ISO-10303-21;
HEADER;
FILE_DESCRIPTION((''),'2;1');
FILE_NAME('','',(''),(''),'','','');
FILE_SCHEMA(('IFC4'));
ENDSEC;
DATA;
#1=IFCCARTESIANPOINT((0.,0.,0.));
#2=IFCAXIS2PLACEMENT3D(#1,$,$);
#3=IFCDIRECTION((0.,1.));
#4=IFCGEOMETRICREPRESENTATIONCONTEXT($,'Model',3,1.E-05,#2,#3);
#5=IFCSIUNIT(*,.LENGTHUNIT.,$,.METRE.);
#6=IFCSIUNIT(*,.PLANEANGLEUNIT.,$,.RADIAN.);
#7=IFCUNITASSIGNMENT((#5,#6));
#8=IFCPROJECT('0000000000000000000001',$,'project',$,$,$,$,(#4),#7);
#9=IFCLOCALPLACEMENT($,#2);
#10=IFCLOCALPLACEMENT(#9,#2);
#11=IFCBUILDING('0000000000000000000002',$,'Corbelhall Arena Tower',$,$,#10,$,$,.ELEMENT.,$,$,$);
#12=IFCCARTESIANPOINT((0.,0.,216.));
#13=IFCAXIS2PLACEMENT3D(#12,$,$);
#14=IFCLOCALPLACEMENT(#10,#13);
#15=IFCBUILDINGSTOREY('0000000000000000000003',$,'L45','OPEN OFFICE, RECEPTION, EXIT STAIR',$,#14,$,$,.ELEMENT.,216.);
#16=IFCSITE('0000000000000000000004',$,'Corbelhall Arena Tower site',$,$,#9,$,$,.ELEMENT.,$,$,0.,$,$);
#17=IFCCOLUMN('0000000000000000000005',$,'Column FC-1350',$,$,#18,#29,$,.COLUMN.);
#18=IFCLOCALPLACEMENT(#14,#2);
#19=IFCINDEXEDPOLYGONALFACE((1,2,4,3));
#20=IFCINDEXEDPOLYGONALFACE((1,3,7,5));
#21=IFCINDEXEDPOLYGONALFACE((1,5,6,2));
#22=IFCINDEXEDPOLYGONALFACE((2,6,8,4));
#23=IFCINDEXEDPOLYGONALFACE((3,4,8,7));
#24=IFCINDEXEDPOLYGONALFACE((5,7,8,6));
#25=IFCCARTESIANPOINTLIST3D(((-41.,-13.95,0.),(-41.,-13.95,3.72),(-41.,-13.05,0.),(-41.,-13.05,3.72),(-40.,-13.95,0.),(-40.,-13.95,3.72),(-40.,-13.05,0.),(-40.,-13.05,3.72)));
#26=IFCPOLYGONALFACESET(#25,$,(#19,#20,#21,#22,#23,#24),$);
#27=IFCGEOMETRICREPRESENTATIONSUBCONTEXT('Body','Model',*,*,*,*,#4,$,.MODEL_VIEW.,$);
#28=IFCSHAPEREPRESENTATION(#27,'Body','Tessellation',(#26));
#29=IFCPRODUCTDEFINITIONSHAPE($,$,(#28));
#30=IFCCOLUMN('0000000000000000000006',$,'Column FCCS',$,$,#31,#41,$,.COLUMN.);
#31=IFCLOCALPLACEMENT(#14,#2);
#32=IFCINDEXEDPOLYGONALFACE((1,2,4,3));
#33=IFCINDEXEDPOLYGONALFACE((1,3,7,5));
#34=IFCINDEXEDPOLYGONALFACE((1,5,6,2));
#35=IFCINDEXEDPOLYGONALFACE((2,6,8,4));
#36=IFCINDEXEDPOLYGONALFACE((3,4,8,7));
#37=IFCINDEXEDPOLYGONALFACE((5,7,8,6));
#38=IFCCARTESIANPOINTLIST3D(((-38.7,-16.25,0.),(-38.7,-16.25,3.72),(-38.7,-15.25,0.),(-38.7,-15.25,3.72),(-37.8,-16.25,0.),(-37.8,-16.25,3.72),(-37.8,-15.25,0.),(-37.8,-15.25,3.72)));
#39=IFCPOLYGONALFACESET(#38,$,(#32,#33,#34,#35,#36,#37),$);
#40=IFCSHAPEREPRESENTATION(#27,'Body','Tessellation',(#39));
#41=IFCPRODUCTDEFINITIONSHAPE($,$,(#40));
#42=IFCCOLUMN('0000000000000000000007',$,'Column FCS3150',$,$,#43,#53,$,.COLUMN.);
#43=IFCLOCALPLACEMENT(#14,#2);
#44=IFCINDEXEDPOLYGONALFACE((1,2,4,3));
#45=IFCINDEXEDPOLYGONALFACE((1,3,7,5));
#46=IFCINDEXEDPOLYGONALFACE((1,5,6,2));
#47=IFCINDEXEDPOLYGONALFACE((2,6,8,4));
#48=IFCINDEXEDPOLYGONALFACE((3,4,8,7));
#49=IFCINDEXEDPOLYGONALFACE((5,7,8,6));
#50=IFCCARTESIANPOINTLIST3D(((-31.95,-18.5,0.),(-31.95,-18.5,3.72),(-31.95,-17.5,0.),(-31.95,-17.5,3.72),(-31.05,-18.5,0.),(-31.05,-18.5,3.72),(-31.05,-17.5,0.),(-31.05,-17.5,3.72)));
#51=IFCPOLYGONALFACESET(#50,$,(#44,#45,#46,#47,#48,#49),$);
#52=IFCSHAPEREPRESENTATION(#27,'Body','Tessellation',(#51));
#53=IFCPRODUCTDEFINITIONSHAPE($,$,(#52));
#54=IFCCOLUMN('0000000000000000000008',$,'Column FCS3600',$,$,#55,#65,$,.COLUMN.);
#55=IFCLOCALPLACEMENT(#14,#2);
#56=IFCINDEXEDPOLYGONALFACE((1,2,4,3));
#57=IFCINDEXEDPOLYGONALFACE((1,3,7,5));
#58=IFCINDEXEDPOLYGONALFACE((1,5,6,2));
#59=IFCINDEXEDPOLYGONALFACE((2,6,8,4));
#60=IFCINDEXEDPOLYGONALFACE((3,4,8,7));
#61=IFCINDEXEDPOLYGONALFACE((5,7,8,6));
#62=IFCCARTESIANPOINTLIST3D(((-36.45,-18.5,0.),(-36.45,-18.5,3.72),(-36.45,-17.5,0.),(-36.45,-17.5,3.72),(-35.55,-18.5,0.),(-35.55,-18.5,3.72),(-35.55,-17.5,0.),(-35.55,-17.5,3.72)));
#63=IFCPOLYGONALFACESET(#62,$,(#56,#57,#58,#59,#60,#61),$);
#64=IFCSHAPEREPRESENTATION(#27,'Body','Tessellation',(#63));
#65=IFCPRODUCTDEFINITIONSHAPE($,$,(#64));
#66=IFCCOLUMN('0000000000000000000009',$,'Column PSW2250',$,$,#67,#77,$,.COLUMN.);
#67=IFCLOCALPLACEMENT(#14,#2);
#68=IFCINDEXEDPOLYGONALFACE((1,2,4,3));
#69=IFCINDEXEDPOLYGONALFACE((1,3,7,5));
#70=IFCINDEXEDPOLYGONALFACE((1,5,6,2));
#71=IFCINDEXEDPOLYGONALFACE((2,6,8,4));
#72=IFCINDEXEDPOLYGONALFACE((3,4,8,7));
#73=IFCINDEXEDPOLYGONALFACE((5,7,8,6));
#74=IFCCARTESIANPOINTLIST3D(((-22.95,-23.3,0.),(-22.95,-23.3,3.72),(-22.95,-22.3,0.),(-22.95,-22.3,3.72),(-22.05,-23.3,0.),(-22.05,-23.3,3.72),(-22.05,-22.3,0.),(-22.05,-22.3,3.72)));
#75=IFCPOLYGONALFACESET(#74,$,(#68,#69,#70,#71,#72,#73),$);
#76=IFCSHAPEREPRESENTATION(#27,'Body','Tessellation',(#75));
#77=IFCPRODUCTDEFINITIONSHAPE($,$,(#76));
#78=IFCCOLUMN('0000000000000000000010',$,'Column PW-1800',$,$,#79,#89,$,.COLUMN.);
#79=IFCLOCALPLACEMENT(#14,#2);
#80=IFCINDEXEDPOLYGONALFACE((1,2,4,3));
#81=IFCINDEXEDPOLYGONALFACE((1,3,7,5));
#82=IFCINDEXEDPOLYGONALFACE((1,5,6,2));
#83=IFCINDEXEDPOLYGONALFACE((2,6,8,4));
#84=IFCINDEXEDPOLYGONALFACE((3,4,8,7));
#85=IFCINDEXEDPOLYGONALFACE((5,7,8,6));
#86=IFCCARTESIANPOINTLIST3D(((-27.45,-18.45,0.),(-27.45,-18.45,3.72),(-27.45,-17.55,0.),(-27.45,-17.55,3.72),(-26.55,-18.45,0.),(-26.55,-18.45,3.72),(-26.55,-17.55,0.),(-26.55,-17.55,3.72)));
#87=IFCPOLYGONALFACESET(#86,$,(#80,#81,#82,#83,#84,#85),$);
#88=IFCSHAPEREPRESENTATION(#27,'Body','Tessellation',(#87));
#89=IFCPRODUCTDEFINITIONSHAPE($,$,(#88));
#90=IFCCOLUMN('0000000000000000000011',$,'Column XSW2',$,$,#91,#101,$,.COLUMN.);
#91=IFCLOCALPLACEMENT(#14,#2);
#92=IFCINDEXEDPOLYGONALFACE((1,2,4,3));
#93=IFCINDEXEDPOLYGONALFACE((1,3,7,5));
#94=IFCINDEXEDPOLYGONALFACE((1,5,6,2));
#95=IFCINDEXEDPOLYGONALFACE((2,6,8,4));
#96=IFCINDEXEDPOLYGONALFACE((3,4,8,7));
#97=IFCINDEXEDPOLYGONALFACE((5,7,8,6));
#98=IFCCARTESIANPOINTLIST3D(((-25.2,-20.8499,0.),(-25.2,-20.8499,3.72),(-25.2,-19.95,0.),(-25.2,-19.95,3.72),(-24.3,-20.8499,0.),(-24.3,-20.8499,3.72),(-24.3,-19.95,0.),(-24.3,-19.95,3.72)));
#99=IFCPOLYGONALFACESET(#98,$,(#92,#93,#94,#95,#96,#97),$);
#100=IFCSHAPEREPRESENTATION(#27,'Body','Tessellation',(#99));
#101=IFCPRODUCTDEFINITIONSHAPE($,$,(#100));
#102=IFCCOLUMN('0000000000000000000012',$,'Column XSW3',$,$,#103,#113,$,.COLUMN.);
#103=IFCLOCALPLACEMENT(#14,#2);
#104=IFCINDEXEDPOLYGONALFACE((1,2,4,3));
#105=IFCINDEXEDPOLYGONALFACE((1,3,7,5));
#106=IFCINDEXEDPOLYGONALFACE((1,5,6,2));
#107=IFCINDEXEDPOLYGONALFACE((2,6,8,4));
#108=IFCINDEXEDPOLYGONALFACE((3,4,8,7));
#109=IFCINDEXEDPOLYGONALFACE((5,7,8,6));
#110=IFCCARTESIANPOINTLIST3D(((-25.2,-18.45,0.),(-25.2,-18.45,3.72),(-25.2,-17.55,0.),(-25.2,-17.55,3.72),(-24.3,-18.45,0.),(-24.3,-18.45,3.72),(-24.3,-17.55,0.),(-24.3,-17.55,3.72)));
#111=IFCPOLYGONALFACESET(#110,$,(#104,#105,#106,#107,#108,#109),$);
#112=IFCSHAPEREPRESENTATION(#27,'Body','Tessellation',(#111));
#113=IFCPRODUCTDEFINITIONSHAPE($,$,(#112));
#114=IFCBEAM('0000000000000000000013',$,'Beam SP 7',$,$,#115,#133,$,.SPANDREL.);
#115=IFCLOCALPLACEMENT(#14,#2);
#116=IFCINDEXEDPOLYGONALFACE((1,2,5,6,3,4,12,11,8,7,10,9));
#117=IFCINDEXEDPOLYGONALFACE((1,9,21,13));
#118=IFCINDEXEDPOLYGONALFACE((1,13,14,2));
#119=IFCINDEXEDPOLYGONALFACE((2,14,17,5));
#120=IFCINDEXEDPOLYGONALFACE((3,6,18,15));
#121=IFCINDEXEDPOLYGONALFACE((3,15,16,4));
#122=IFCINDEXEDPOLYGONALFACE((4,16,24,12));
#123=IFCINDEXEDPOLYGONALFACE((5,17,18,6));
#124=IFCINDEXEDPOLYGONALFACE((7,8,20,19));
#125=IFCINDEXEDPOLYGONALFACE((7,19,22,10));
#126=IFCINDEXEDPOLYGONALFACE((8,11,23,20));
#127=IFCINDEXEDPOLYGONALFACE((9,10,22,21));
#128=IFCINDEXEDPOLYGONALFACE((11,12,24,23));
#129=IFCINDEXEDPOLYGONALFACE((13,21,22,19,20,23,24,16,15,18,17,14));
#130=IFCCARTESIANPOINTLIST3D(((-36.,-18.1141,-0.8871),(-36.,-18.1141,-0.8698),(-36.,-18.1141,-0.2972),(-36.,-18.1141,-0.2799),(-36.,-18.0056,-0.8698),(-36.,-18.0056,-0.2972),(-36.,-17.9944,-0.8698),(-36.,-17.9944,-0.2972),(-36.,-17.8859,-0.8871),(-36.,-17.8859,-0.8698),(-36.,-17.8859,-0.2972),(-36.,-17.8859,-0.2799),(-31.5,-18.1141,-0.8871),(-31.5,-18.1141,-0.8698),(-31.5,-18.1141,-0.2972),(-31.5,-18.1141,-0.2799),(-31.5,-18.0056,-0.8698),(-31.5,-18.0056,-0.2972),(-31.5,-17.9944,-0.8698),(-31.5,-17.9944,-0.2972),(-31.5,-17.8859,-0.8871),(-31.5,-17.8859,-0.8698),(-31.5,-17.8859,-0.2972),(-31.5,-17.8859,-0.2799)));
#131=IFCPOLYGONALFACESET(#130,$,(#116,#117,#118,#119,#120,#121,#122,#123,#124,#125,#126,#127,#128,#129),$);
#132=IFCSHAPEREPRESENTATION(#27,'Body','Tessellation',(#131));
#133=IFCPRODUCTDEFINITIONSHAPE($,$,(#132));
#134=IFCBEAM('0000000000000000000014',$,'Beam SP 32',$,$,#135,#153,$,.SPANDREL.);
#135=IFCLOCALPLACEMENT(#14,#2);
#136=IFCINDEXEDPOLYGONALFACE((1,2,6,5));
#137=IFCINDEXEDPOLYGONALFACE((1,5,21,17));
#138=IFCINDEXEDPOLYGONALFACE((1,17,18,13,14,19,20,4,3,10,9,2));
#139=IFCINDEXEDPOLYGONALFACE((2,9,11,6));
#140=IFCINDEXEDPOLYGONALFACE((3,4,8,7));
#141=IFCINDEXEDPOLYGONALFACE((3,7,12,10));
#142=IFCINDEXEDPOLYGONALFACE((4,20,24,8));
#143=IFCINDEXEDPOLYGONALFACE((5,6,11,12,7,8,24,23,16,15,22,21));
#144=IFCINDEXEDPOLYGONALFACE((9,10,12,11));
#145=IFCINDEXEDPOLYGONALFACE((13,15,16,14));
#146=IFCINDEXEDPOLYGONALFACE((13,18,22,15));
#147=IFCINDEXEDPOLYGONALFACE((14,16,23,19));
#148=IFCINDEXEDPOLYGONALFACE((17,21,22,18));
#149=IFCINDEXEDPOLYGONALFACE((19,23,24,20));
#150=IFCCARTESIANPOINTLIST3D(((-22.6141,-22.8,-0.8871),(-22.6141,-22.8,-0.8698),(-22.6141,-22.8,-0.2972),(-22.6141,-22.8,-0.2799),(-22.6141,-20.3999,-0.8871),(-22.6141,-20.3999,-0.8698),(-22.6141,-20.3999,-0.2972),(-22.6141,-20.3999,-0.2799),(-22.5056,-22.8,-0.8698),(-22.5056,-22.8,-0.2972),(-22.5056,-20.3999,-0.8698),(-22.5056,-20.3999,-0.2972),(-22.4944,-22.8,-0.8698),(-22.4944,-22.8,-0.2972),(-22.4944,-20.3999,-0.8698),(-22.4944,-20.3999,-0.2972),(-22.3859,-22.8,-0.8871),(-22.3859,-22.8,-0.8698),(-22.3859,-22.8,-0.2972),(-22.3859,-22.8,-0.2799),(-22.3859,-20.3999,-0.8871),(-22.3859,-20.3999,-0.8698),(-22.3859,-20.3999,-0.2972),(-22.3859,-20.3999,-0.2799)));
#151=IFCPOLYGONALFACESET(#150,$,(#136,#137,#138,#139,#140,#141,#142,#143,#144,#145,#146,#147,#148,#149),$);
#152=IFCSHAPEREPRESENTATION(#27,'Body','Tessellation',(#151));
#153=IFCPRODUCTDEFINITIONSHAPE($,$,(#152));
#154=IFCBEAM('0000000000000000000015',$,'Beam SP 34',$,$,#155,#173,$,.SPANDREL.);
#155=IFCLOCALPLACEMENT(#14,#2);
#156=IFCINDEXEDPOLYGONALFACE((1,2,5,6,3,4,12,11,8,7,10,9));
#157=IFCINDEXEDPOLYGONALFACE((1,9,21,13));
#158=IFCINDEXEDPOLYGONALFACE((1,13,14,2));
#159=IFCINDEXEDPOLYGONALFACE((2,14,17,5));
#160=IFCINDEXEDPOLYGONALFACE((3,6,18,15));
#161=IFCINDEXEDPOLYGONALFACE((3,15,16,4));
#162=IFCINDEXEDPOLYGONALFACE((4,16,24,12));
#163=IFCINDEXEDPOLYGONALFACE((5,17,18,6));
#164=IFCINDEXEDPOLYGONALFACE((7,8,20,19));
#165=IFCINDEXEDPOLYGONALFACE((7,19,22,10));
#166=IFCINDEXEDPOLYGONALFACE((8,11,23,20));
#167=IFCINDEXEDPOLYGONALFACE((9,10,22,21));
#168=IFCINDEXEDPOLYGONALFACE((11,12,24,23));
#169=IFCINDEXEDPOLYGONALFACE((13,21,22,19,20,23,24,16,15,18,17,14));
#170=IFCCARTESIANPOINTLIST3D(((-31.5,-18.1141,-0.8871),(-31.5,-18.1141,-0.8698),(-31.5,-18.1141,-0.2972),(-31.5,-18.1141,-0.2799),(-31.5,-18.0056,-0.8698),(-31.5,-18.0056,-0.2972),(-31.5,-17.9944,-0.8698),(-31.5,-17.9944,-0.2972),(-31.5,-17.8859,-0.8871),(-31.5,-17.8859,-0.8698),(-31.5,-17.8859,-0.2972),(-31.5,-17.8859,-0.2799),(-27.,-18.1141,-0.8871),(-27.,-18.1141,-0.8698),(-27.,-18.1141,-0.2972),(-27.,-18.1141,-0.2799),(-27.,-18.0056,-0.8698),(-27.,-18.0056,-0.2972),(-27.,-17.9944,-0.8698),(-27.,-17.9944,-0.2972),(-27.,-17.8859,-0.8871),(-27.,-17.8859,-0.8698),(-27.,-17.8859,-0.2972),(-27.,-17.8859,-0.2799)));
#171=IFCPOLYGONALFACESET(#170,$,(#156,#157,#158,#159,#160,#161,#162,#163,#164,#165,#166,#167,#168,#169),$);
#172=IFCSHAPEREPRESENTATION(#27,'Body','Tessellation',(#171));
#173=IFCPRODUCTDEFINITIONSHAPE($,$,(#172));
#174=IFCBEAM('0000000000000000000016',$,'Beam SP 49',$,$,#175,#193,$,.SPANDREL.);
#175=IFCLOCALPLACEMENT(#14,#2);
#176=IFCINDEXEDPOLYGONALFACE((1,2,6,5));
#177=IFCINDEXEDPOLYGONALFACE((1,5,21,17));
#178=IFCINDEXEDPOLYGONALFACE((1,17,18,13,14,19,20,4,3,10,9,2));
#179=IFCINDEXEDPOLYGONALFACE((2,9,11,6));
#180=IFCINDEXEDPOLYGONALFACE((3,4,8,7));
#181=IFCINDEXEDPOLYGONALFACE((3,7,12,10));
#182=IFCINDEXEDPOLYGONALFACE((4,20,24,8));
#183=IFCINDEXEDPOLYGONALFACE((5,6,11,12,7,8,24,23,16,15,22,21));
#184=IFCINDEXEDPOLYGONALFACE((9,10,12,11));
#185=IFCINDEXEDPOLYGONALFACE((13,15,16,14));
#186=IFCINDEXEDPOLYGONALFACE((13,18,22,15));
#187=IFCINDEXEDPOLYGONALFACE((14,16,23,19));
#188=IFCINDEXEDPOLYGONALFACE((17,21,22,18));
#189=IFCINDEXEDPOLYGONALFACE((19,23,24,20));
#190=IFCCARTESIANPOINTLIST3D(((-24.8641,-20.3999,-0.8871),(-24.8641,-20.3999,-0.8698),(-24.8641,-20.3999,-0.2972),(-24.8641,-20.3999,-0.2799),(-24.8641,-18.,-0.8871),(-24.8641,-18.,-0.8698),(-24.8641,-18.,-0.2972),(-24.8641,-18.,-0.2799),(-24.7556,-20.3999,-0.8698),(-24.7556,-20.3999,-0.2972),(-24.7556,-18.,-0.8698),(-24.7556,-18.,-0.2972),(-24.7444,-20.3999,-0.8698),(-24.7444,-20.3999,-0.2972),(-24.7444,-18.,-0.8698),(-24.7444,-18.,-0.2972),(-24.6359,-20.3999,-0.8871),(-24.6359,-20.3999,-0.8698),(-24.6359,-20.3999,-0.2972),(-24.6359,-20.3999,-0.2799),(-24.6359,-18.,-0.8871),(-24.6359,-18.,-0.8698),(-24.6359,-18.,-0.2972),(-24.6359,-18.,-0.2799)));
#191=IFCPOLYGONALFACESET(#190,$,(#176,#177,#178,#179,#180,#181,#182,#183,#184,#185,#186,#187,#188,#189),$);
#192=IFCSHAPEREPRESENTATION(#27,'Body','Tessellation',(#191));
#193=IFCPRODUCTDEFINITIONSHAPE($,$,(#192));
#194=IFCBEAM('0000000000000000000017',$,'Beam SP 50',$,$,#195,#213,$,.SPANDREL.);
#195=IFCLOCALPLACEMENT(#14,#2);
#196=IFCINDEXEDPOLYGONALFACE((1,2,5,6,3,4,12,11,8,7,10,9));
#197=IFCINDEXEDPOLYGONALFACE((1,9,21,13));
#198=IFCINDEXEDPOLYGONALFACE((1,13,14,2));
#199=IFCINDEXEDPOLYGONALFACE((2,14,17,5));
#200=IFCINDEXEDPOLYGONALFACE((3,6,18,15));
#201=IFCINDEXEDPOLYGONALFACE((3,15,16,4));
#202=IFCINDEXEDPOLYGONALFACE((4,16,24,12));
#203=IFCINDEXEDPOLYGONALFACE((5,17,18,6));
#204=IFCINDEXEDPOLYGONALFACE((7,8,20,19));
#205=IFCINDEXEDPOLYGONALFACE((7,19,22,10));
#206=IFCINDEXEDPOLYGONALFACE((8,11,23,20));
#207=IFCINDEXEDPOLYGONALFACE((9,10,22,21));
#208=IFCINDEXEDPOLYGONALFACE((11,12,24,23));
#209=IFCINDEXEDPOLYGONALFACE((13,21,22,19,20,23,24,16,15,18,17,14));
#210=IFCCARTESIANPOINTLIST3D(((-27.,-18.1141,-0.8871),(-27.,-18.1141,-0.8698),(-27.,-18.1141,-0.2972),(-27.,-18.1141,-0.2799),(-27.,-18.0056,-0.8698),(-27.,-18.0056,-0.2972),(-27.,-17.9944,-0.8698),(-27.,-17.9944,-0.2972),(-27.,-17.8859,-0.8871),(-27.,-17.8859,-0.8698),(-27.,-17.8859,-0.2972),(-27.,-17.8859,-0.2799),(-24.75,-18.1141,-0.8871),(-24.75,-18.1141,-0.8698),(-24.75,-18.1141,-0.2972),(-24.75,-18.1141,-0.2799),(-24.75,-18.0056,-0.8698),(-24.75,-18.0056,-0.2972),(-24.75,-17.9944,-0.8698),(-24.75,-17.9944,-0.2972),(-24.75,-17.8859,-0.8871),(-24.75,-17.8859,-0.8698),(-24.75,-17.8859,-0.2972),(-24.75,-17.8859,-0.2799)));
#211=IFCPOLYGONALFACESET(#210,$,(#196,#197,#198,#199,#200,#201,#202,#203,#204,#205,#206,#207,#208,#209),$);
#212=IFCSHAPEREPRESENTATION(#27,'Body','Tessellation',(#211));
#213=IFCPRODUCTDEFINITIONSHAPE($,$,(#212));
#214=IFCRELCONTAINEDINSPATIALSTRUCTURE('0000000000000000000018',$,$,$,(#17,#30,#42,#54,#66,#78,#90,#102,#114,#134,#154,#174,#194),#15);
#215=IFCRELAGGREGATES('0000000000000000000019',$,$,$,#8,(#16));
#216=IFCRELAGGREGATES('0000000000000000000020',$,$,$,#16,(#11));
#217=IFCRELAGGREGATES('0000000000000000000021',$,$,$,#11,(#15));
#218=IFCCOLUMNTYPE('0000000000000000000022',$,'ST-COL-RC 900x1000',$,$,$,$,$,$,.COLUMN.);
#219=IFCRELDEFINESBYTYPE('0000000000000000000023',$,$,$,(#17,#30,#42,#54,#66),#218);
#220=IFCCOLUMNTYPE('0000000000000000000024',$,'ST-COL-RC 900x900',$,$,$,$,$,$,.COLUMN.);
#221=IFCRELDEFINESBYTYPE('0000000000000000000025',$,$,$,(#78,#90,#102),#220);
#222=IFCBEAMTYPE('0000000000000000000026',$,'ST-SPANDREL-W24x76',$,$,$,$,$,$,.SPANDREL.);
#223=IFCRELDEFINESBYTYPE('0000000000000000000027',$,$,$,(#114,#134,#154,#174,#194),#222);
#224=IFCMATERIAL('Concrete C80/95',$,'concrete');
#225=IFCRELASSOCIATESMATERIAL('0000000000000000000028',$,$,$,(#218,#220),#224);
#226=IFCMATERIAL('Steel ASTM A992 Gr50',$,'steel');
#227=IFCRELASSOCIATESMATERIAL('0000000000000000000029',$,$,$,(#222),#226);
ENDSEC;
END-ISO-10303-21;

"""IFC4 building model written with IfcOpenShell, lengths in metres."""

from ifc_helpers import new_model, si_unit, direction, frame, origin, origin_2d, place, context, subcontext, project, spatial, rectangle, i_section, extrude, material, material_profile, profile_set, type_object, element, save


model = new_model("IFC4")

# Units and contexts
model_context = context("Model", 3, precision=1e-05, world=origin(), true_north=direction((0.0, 1.0)))
body_context = subcontext(model_context, "Body", "Model", "MODEL_VIEW")
ifc_project = project(units=[si_unit("LENGTHUNIT", "METRE"), si_unit("PLANEANGLEUNIT", "RADIAN")], contexts=[model_context])

# Site, building, storey
site_placement = place(None, origin())
site = spatial("IfcSite", under=ifc_project, at=site_placement, Name="Corbelhall Arena Tower site", CompositionType="ELEMENT", RefElevation=0.0)
building_placement = place(site_placement, origin())
building = spatial("IfcBuilding", under=site, at=building_placement, Name="Corbelhall Arena Tower", CompositionType="ELEMENT")
storey_placement = place(building_placement, frame((0.0, 0.0, 216.0)))
storey = spatial("IfcBuildingStorey", under=building, at=storey_placement, Name="L45", Description="OPEN OFFICE, RECEPTION, EXIT STAIR", CompositionType="ELEMENT", Elevation=216.0)

# Columns
ifc_material_1 = material(Name="Concrete C80/95", Category="concrete")
ifc_material_profile_1 = material_profile(ifc_material_1, rectangle(XDim=0.8999, YDim=1.0, at=origin_2d()))
ifc_profile_set_1 = profile_set([ifc_material_profile_1], Name="Concrete C80/95")
column_type_1 = type_object("IfcColumnType", Name="ST-COL-RC 900x1000", PredefinedType="COLUMN", material=ifc_profile_set_1)
for number, where, z_axis, x_axis, name in (
    (1, (-40.5, -13.5, 0.0), (0.0, 0.0, 1.0), (0.0, 1.0, 0.0), "Column FC-1350"),
    (2, (-38.25, -15.75, 0.0), (0.0, 0.0, 1.0), (1.0, 0.0, 0.0), "Column FCCS"),
    (3, (-31.5, -18.0, 0.0), (0.0, 0.0, 1.0), (1.0, 0.0, 0.0), "Column FCS3150"),
    (4, (-36.0, -18.0, 0.0), (0.0, 0.0, 1.0), (1.0, 0.0, 0.0), "Column FCS3600"),
    (5, (-22.5, -22.8, 0.0), (0.0, 0.0, 1.0), (1.0, 0.0, 0.0), "Column PSW2250"),
):
    element("IfcColumn", number, at=place(storey_placement, frame(where, z_axis=z_axis, x_axis=x_axis)), inside=storey, type_object=column_type_1, Name=name, PredefinedType="COLUMN", context=body_context, shape_type="SweptSolid", body=[
        extrude(rectangle(XDim=0.8999, YDim=1.0, at=origin_2d()), origin(), (0.0, 0.0, 1.0), 3.72),
    ])
ifc_material_profile_2 = material_profile(ifc_material_1, rectangle(XDim=0.8999, YDim=0.8999, at=origin_2d()))
ifc_profile_set_2 = profile_set([ifc_material_profile_2], Name="Concrete C80/95")
column_type_2 = type_object("IfcColumnType", Name="ST-COL-RC 900x900", PredefinedType="COLUMN", material=ifc_profile_set_2)
for number, where, z_axis, x_axis, name in (
    (6, (-27.0, -18.0, 0.0), (0.0, 0.0, 1.0), (1.0, 0.0, 0.0), "Column PW-1800"),
    (7, (-24.75, -20.3999, 0.0), (0.0, 0.0, 1.0), (1.0, 0.0, 0.0), "Column XSW2"),
    (8, (-24.75, -18.0, 0.0), (0.0, 0.0, 1.0), (1.0, 0.0, 0.0), "Column XSW3"),
):
    element("IfcColumn", number, at=place(storey_placement, frame(where, z_axis=z_axis, x_axis=x_axis)), inside=storey, type_object=column_type_2, Name=name, PredefinedType="COLUMN", context=body_context, shape_type="SweptSolid", body=[
        extrude(rectangle(XDim=0.8999, YDim=0.8999, at=origin_2d()), origin(), (0.0, 0.0, 1.0), 3.72),
    ])

# Beams
ifc_material_2 = material(Name="Steel ASTM A992 Gr50", Category="steel")
ifc_material_profile_3 = material_profile(ifc_material_2, i_section(OverallWidth=0.2283, OverallDepth=0.6072, WebThickness=0.0112, FlangeThickness=0.0173, at=origin_2d()))
ifc_profile_set_3 = profile_set([ifc_material_profile_3], Name="Steel ASTM A992 Gr50")
beam_type = type_object("IfcBeamType", Name="ST-SPANDREL-W24x76", PredefinedType="SPANDREL", material=ifc_profile_set_3)
beam_1_placement = place(storey_placement, frame((-31.5, -18.0, -0.5835), z_axis=(-1.0, 0.0, 0.0), x_axis=(0.0, -1.0, 0.0)))
element("IfcBeam", 9, at=beam_1_placement, inside=storey, type_object=beam_type, Name="Beam SP 7", PredefinedType="SPANDREL", context=body_context, shape_type="SweptSolid", body=[
    extrude(i_section(OverallWidth=0.2283, OverallDepth=0.6072, WebThickness=0.0112, FlangeThickness=0.0173, at=origin_2d()), origin(), (0.0, 0.0, 1.0), 4.5),
])
beam_2_placement = place(storey_placement, frame((-22.5, -22.8, -0.5835), z_axis=(0.0, 1.0, 0.0), x_axis=(-1.0, 0.0, 0.0)))
element("IfcBeam", 10, at=beam_2_placement, inside=storey, type_object=beam_type, Name="Beam SP 32", PredefinedType="SPANDREL", context=body_context, shape_type="SweptSolid", body=[
    extrude(i_section(OverallWidth=0.2283, OverallDepth=0.6072, WebThickness=0.0112, FlangeThickness=0.0173, at=origin_2d()), origin(), (0.0, 0.0, 1.0), 2.4001),
])
beam_3_placement = place(storey_placement, frame((-27.0, -18.0, -0.5835), z_axis=(-1.0, 0.0, 0.0), x_axis=(0.0, -1.0, 0.0)))
element("IfcBeam", 11, at=beam_3_placement, inside=storey, type_object=beam_type, Name="Beam SP 34", PredefinedType="SPANDREL", context=body_context, shape_type="SweptSolid", body=[
    extrude(i_section(OverallWidth=0.2283, OverallDepth=0.6072, WebThickness=0.0112, FlangeThickness=0.0173, at=origin_2d()), origin(), (0.0, 0.0, 1.0), 4.5),
])
beam_4_placement = place(storey_placement, frame((-24.75, -20.3999, -0.5835), z_axis=(0.0, 1.0, 0.0), x_axis=(-1.0, 0.0, 0.0)))
element("IfcBeam", 12, at=beam_4_placement, inside=storey, type_object=beam_type, Name="Beam SP 49", PredefinedType="SPANDREL", context=body_context, shape_type="SweptSolid", body=[
    extrude(i_section(OverallWidth=0.2283, OverallDepth=0.6072, WebThickness=0.0112, FlangeThickness=0.0173, at=origin_2d()), origin(), (0.0, 0.0, 1.0), 2.3999),
])
beam_5_placement = place(storey_placement, frame((-24.75, -18.0, -0.5835), z_axis=(-1.0, 0.0, 0.0), x_axis=(0.0, -1.0, 0.0)))
element("IfcBeam", 13, at=beam_5_placement, inside=storey, type_object=beam_type, Name="Beam SP 50", PredefinedType="SPANDREL", context=body_context, shape_type="SweptSolid", body=[
    extrude(i_section(OverallWidth=0.2283, OverallDepth=0.6072, WebThickness=0.0112, FlangeThickness=0.0173, at=origin_2d()), origin(), (0.0, 0.0, 1.0), 2.25),
])

save(model, "model.ifc")
